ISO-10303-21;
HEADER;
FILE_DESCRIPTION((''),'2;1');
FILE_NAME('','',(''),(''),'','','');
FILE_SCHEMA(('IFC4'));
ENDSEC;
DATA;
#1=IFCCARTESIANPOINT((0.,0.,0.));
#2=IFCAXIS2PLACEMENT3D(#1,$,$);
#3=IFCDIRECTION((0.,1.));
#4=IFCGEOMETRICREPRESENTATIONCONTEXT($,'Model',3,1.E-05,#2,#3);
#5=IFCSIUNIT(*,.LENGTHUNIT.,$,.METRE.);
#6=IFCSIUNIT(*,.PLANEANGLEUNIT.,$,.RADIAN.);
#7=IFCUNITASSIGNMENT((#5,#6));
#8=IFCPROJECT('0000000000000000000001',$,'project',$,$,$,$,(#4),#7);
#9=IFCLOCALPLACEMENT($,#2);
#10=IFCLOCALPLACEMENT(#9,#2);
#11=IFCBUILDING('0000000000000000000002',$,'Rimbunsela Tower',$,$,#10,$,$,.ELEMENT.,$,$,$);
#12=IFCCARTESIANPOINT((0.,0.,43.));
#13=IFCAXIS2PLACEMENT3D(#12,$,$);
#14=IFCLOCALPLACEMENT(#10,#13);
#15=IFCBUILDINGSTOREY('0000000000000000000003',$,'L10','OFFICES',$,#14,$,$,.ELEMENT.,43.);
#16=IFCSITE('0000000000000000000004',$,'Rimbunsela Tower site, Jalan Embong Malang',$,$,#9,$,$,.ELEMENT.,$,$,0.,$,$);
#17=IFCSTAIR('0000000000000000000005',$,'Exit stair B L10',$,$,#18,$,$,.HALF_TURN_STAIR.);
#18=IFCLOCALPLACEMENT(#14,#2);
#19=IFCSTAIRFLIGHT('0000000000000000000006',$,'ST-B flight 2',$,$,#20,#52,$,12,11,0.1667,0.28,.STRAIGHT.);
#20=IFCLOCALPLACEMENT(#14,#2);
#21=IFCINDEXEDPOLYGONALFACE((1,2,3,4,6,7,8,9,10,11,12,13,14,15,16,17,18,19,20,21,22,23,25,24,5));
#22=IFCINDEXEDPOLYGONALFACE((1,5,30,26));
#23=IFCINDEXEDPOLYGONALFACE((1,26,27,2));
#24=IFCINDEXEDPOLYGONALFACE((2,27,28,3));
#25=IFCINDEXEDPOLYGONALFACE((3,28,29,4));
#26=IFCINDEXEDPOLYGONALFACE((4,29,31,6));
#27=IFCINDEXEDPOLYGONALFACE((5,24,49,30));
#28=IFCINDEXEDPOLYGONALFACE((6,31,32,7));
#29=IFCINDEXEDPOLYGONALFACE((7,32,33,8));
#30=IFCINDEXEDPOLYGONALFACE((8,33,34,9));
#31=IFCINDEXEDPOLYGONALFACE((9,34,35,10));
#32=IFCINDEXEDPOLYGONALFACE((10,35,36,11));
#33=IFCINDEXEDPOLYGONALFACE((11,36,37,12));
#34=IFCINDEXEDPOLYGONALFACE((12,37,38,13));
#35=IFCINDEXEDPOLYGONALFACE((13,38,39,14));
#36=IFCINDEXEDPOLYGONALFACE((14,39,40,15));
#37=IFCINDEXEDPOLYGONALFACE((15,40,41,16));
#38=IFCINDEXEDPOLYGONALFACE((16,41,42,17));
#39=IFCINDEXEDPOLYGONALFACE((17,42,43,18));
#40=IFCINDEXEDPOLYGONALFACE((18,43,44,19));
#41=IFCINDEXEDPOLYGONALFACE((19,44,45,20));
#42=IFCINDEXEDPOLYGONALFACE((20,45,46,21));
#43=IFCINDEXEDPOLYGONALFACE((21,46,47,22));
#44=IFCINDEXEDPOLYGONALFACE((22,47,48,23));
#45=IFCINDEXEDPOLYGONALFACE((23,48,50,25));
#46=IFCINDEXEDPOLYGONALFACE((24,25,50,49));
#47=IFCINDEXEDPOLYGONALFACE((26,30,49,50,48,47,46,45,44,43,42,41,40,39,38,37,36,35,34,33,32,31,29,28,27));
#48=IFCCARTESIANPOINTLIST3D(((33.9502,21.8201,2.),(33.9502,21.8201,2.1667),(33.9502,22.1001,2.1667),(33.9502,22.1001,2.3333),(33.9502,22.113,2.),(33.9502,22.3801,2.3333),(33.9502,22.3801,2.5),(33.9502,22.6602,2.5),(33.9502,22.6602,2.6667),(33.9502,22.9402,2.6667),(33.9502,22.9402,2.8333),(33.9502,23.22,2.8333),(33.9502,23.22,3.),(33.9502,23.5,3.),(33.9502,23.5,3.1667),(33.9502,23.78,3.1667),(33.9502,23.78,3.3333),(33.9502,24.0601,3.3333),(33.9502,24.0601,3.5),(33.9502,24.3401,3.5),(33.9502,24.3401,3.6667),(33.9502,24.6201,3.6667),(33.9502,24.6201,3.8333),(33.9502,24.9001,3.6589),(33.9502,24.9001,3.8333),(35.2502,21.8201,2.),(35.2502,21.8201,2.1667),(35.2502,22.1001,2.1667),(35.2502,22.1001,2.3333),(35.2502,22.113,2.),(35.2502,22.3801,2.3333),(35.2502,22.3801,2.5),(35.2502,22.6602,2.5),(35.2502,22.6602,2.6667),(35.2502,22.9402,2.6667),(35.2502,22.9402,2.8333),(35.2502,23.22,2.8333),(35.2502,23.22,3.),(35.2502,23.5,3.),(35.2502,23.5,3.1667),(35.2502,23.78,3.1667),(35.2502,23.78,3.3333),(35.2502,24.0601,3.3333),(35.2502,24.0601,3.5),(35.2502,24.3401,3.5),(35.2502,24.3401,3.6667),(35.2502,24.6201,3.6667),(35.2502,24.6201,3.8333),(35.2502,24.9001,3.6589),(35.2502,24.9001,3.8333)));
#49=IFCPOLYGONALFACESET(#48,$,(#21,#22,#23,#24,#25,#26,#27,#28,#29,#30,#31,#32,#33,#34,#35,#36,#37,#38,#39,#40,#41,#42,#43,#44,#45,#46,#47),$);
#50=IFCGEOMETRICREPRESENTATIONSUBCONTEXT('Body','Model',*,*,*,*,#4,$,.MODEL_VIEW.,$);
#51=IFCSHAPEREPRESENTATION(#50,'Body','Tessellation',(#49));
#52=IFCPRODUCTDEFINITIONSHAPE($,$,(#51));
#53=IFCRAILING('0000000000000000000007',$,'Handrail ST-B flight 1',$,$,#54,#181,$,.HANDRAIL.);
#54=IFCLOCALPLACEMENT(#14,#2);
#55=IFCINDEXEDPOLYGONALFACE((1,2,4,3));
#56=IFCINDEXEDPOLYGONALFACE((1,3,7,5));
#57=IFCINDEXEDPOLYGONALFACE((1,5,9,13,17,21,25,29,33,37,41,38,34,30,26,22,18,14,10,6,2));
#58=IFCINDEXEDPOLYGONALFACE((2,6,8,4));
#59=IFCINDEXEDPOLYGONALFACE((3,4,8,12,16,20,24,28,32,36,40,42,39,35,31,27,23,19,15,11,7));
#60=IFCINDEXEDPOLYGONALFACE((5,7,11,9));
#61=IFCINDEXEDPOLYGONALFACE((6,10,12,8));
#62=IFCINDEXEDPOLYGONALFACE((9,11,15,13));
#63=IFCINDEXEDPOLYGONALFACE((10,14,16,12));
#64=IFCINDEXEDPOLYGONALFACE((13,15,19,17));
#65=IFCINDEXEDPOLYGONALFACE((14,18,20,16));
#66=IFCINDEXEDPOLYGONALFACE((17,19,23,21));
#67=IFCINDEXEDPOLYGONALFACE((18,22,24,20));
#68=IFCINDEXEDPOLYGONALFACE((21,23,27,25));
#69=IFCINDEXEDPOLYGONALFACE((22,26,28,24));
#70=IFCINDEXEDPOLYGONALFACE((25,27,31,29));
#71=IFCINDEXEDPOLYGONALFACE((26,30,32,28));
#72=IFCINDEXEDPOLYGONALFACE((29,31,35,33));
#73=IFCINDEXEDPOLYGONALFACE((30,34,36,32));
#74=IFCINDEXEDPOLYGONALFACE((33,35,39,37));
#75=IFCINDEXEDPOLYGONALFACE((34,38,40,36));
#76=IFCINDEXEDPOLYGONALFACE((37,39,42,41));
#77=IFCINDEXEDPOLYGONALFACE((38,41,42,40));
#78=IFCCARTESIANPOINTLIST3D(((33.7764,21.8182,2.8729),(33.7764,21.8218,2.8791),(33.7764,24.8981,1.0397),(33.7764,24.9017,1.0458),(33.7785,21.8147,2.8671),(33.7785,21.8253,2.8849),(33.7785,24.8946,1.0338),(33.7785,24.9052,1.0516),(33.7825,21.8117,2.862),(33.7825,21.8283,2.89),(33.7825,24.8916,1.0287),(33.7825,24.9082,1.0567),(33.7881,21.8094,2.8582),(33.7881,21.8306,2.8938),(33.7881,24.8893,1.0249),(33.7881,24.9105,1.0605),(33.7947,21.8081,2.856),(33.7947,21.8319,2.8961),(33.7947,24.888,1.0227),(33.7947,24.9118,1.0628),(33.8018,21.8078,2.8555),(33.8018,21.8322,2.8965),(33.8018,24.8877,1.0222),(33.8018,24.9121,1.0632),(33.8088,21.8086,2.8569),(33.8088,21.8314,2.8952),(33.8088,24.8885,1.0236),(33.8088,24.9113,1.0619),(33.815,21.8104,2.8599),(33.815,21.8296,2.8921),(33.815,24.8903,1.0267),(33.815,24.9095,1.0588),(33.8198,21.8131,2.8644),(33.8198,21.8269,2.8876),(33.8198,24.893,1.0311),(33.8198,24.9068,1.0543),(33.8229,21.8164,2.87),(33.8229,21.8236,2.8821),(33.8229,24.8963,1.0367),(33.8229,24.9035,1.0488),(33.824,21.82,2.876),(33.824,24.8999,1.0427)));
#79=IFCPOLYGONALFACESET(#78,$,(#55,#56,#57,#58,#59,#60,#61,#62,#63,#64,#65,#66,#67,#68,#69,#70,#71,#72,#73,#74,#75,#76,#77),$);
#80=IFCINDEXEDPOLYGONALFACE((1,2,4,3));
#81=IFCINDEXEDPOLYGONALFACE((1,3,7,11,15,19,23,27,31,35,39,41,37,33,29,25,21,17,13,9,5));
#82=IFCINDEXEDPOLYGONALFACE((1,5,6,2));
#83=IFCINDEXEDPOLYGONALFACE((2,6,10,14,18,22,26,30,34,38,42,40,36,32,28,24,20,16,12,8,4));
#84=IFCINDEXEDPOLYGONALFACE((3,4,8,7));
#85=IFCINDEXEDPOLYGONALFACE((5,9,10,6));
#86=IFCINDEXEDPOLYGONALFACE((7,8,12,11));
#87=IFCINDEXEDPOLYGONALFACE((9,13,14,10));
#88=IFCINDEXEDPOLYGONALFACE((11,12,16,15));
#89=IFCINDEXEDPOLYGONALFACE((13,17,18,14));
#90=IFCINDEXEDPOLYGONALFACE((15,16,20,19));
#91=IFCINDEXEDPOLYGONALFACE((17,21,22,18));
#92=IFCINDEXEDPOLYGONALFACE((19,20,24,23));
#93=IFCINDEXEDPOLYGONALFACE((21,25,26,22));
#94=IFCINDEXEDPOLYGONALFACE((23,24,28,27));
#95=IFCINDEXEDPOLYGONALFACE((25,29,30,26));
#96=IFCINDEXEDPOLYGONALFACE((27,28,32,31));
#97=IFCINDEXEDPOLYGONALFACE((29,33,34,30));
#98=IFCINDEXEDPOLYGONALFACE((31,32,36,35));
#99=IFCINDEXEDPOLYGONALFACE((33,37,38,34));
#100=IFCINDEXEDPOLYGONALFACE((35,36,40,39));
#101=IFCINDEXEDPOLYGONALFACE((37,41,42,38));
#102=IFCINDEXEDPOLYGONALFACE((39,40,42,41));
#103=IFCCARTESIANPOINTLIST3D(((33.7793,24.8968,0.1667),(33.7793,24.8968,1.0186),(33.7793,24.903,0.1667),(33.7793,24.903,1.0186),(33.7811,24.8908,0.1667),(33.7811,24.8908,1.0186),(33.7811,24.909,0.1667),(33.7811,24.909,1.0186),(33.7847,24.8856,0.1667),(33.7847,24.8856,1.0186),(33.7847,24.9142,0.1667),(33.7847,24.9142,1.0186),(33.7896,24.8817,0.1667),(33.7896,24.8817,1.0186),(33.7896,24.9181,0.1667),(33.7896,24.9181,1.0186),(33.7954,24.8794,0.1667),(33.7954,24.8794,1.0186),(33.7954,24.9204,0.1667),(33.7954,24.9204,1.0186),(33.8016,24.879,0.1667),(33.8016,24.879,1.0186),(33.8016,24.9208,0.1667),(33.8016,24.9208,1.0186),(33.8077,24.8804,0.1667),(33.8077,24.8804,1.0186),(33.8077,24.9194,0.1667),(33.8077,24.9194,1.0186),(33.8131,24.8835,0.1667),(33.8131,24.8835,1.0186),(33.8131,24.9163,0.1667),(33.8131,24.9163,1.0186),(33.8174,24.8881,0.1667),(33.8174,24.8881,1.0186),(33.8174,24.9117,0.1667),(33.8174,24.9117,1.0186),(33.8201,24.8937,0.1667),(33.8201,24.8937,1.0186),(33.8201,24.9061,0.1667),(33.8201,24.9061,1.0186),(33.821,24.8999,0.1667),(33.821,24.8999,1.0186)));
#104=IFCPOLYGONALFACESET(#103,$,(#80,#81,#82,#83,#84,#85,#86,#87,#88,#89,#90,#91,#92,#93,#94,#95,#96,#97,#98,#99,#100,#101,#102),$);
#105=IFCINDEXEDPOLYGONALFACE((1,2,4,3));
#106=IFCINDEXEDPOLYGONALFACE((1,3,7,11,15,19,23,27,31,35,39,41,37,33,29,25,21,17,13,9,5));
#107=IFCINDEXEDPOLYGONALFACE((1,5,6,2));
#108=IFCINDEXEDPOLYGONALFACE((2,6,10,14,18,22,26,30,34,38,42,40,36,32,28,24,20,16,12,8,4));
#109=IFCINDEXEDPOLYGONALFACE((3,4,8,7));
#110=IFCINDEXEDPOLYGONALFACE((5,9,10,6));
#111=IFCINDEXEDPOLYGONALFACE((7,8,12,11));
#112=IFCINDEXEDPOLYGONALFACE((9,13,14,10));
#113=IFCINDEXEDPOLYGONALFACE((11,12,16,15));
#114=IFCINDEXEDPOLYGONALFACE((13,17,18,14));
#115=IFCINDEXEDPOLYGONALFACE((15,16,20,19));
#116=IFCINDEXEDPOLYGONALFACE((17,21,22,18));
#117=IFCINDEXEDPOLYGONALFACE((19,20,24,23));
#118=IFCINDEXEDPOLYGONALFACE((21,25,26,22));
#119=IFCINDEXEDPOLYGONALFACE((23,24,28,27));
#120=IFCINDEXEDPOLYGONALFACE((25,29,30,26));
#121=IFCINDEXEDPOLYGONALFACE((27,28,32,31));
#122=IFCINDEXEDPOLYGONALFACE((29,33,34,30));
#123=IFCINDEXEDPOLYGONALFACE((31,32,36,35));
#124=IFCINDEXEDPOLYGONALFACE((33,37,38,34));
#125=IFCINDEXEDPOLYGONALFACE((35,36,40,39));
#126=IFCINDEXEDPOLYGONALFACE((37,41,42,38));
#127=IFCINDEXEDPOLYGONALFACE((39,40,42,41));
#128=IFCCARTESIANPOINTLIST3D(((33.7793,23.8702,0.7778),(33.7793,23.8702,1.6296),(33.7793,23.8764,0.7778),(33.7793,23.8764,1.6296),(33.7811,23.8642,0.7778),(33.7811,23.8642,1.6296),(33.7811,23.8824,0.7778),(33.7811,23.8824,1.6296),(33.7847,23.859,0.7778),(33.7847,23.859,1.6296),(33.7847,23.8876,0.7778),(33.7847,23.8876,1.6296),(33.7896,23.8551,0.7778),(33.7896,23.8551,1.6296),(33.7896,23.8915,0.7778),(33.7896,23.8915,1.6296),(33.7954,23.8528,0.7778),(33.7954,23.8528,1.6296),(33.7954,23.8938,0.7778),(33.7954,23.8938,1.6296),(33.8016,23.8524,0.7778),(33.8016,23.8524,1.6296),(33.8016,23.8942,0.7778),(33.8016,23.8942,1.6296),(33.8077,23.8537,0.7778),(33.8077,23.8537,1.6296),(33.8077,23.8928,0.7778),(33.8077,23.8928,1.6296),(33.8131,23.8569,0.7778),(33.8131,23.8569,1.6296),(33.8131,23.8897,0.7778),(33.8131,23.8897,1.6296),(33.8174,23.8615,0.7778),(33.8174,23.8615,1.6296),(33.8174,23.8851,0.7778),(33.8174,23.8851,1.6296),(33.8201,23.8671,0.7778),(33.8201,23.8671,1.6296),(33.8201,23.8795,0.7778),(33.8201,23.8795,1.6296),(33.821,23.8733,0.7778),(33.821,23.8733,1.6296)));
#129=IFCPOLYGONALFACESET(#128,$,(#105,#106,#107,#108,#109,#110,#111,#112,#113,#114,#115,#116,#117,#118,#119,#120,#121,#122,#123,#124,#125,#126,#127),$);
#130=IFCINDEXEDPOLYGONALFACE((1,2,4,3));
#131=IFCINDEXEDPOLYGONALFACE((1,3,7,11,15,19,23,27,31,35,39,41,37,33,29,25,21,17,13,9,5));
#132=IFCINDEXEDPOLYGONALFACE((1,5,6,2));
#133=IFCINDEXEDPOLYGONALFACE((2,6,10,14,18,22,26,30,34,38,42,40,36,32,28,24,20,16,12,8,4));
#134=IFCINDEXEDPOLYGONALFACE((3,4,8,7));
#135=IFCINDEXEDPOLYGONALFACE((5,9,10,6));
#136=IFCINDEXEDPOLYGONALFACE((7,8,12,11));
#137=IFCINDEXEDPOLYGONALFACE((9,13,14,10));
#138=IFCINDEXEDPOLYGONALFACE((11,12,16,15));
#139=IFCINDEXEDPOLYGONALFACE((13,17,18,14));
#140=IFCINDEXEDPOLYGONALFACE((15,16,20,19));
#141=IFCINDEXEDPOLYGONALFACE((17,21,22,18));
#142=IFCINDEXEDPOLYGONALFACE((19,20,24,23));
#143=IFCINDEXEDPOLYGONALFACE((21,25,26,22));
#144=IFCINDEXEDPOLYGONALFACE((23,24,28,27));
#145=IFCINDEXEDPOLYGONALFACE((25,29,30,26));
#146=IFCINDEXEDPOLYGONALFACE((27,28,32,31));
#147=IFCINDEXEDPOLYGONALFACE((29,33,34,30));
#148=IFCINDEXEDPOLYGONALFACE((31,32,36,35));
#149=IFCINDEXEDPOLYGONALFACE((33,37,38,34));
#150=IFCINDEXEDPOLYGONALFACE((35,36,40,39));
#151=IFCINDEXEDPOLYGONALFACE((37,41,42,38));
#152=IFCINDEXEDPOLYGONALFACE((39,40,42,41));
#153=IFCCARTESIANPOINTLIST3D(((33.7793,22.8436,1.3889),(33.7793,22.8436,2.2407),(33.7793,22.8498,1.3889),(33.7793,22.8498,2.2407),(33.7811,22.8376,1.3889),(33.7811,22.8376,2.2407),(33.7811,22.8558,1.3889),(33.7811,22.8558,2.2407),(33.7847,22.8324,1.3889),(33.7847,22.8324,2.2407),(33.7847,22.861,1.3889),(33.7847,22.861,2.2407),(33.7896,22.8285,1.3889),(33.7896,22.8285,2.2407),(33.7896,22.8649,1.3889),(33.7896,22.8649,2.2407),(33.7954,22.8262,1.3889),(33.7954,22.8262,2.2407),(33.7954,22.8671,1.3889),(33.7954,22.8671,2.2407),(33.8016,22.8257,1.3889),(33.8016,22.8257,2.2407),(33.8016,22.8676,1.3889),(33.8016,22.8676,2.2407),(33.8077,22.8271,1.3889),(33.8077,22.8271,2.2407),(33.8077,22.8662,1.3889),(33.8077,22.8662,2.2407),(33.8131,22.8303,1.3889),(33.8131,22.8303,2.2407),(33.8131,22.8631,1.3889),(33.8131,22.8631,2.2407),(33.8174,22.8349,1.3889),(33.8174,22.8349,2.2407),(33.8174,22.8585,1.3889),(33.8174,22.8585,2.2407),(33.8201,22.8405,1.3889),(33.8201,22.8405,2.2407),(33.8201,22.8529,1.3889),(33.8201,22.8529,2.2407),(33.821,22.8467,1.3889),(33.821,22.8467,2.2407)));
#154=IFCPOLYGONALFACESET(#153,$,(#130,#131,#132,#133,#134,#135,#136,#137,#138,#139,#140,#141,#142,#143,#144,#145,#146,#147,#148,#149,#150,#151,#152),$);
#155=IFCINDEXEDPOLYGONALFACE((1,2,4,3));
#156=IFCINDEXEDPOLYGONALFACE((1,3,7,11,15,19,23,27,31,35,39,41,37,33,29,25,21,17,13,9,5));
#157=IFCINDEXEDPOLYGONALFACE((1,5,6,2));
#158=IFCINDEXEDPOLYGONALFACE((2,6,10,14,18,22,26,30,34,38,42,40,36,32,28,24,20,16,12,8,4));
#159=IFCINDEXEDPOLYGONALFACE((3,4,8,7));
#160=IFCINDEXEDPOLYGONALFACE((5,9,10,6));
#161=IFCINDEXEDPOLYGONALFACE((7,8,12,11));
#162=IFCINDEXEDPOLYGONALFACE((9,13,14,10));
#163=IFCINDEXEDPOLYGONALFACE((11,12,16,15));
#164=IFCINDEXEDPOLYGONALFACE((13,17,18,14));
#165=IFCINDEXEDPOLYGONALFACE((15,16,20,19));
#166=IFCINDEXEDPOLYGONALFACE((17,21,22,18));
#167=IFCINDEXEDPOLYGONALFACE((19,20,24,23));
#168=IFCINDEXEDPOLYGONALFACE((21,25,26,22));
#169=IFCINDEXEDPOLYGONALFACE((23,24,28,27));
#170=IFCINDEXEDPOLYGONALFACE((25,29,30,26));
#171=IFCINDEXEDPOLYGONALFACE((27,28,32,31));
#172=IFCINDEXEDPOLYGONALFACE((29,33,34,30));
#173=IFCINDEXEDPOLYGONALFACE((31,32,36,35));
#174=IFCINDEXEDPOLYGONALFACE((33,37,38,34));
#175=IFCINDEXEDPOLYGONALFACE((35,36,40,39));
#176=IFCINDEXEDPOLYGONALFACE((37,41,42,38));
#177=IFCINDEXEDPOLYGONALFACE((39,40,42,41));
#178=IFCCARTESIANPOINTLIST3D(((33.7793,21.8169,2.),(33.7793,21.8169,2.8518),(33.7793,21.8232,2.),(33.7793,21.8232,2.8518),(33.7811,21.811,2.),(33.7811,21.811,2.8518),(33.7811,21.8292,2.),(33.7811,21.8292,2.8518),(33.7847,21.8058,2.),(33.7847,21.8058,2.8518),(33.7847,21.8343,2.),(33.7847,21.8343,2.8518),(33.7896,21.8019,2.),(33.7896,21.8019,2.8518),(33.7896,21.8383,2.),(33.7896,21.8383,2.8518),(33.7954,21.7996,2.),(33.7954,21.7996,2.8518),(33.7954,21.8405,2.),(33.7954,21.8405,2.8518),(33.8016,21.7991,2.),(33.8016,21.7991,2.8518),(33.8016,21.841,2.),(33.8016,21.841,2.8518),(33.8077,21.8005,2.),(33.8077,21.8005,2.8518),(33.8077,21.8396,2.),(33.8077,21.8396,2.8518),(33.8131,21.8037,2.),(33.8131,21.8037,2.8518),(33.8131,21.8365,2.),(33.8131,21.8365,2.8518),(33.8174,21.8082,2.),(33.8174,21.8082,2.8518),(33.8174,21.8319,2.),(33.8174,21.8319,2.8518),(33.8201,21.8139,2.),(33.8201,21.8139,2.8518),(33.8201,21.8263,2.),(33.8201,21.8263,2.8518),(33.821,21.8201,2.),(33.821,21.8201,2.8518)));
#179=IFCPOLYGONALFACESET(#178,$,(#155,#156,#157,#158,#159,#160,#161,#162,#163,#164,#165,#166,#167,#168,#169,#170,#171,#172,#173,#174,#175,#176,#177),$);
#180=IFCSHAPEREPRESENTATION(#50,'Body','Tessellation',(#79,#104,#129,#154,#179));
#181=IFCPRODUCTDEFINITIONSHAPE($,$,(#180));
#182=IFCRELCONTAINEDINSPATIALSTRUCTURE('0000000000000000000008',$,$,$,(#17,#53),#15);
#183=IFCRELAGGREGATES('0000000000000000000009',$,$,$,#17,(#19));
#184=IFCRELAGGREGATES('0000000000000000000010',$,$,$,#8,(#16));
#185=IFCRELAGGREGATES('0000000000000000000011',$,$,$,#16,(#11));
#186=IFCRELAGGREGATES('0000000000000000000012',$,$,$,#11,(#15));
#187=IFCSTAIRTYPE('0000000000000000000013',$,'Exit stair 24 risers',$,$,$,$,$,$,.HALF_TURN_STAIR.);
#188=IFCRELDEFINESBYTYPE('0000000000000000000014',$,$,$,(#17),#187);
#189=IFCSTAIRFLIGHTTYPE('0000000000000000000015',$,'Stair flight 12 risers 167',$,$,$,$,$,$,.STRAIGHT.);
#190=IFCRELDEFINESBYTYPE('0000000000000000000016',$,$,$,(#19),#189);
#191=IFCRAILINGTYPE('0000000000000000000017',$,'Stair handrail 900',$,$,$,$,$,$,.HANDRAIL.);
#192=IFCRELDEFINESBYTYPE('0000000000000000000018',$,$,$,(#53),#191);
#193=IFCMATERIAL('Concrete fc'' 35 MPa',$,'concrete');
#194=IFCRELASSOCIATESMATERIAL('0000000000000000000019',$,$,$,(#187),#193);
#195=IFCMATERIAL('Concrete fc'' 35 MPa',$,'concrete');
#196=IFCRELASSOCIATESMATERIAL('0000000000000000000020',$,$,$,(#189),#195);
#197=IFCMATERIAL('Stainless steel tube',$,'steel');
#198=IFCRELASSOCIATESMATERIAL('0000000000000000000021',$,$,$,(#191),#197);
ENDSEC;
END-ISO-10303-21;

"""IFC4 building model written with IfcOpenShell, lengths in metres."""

from ifc_helpers import new_model, si_unit, direction, frame, origin, origin_2d, place, context, subcontext, project, spatial, polyline, circle, outline, extrude, material, type_object, element, aggregate, save


model = new_model("IFC4")

# Units and contexts
model_context = context("Model", 3, precision=1e-05, world=origin(), true_north=direction((0.0, 1.0)))
body_context = subcontext(model_context, "Body", "Model", "MODEL_VIEW")
ifc_project = project(units=[si_unit("LENGTHUNIT", "METRE"), si_unit("PLANEANGLEUNIT", "RADIAN")], contexts=[model_context])

# Site, building, storey
site_placement = place(None, origin())
site = spatial("IfcSite", under=ifc_project, at=site_placement, Name="Rimbunsela Tower site, Jalan Embong Malang", CompositionType="ELEMENT", RefElevation=0.0)
building_placement = place(site_placement, origin())
building = spatial("IfcBuilding", under=site, at=building_placement, Name="Rimbunsela Tower", CompositionType="ELEMENT")
storey_placement = place(building_placement, frame((0.0, 0.0, 43.0)))
storey = spatial("IfcBuildingStorey", under=building, at=storey_placement, Name="L10", Description="OFFICES", CompositionType="ELEMENT", Elevation=43.0)

# Stair, stair flight
ifc_material_1 = material(Name="Concrete fc' 35 MPa", Category="concrete")
stair_type = type_object("IfcStairType", Name="Exit stair 24 risers", PredefinedType="HALF_TURN_STAIR", material=ifc_material_1)
stair_placement = place(storey_placement, origin())
stair = element("IfcStair", 1, at=stair_placement, inside=storey, type_object=stair_type, Name="Exit stair B L10", PredefinedType="HALF_TURN_STAIR")
ifc_material_2 = material(Name="Concrete fc' 35 MPa", Category="concrete")
stair_flight_type = type_object("IfcStairFlightType", Name="Stair flight 12 risers 167", PredefinedType="STRAIGHT", material=ifc_material_2)
stair_flight_1_placement = place(storey_placement, frame((34.6001, 21.8201, 2.0), z_axis=(0.0, 0.0, 1.0), x_axis=(0.0, 1.0, 0.0)))
stair_flight_1 = element("IfcStairFlight", 2, at=stair_flight_1_placement, type_object=stair_flight_type, Name="ST-B flight 2", NumberOfRisers=12, NumberOfTreads=11, PredefinedType="STRAIGHT", RiserHeight=0.1667, TreadLength=0.28, context=body_context, shape_type="SweptSolid", body=[
    extrude(outline(polyline([(0.0, 0.0), (0.0, 0.1667), (0.28, 0.1667), (0.28, 0.3333), (0.5601, 0.3333), (0.5601, 0.5), (0.8401, 0.5), (0.8401, 0.6667), (1.1201, 0.6667), (1.1201, 0.8333), (1.3999, 0.8333), (1.3999, 1.0), (1.6799, 1.0), (1.6799, 1.1667), (1.96, 1.1667), (1.96, 1.3333), (2.24, 1.3333), (2.24, 1.5), (2.52, 1.5), (2.52, 1.6667), (2.8, 1.6667), (2.8, 1.8333), (3.0801, 1.8333), (3.0801, 2.0), (3.0801, 1.6589), (0.293, 0.0), (0.0, 0.0)])), frame((0.0, 0.6499, 0.0), z_axis=(0.0, -1.0, 0.0), x_axis=(1.0, 0.0, 0.0)), (0.0, 0.0, 1.0), 1.3),
])
aggregate(stair, [stair_flight_1])

# Railing
ifc_material_3 = material(Name="Stainless steel tube", Category="steel")
railing_type = type_object("IfcRailingType", Name="Stair handrail 900", PredefinedType="HANDRAIL", material=ifc_material_3)
railing_1_placement = place(storey_placement, frame((33.8, 24.8999, 0.1667)))
element("IfcRailing", 3, at=railing_1_placement, inside=storey, type_object=railing_type, Name="Handrail ST-B flight 1", PredefinedType="HANDRAIL", context=body_context, shape_type="SweptSolid", body=[
    extrude(circle(Radius=0.0239, at=origin_2d()), frame((0.0, 0.0, 0.876), z_axis=(0.0, -0.859291, 0.511487), x_axis=(1.0, 0.0, 0.0)), (0.0, 0.0, 1.0), 3.5842),
    extrude(circle(Radius=0.021, at=origin_2d()), origin(), (0.0, 0.0, 1.0), 0.8518),
    extrude(circle(Radius=0.021, at=origin_2d()), frame((0.0, -1.0266, 0.6111)), (0.0, 0.0, 1.0), 0.8518),
    extrude(circle(Radius=0.021, at=origin_2d()), frame((0.0, -2.0532, 1.2222)), (0.0, 0.0, 1.0), 0.8518),
    extrude(circle(Radius=0.021, at=origin_2d()), frame((0.0, -3.0798, 1.8333)), (0.0, 0.0, 1.0), 0.8518),
])

save(model, "model.ifc")
